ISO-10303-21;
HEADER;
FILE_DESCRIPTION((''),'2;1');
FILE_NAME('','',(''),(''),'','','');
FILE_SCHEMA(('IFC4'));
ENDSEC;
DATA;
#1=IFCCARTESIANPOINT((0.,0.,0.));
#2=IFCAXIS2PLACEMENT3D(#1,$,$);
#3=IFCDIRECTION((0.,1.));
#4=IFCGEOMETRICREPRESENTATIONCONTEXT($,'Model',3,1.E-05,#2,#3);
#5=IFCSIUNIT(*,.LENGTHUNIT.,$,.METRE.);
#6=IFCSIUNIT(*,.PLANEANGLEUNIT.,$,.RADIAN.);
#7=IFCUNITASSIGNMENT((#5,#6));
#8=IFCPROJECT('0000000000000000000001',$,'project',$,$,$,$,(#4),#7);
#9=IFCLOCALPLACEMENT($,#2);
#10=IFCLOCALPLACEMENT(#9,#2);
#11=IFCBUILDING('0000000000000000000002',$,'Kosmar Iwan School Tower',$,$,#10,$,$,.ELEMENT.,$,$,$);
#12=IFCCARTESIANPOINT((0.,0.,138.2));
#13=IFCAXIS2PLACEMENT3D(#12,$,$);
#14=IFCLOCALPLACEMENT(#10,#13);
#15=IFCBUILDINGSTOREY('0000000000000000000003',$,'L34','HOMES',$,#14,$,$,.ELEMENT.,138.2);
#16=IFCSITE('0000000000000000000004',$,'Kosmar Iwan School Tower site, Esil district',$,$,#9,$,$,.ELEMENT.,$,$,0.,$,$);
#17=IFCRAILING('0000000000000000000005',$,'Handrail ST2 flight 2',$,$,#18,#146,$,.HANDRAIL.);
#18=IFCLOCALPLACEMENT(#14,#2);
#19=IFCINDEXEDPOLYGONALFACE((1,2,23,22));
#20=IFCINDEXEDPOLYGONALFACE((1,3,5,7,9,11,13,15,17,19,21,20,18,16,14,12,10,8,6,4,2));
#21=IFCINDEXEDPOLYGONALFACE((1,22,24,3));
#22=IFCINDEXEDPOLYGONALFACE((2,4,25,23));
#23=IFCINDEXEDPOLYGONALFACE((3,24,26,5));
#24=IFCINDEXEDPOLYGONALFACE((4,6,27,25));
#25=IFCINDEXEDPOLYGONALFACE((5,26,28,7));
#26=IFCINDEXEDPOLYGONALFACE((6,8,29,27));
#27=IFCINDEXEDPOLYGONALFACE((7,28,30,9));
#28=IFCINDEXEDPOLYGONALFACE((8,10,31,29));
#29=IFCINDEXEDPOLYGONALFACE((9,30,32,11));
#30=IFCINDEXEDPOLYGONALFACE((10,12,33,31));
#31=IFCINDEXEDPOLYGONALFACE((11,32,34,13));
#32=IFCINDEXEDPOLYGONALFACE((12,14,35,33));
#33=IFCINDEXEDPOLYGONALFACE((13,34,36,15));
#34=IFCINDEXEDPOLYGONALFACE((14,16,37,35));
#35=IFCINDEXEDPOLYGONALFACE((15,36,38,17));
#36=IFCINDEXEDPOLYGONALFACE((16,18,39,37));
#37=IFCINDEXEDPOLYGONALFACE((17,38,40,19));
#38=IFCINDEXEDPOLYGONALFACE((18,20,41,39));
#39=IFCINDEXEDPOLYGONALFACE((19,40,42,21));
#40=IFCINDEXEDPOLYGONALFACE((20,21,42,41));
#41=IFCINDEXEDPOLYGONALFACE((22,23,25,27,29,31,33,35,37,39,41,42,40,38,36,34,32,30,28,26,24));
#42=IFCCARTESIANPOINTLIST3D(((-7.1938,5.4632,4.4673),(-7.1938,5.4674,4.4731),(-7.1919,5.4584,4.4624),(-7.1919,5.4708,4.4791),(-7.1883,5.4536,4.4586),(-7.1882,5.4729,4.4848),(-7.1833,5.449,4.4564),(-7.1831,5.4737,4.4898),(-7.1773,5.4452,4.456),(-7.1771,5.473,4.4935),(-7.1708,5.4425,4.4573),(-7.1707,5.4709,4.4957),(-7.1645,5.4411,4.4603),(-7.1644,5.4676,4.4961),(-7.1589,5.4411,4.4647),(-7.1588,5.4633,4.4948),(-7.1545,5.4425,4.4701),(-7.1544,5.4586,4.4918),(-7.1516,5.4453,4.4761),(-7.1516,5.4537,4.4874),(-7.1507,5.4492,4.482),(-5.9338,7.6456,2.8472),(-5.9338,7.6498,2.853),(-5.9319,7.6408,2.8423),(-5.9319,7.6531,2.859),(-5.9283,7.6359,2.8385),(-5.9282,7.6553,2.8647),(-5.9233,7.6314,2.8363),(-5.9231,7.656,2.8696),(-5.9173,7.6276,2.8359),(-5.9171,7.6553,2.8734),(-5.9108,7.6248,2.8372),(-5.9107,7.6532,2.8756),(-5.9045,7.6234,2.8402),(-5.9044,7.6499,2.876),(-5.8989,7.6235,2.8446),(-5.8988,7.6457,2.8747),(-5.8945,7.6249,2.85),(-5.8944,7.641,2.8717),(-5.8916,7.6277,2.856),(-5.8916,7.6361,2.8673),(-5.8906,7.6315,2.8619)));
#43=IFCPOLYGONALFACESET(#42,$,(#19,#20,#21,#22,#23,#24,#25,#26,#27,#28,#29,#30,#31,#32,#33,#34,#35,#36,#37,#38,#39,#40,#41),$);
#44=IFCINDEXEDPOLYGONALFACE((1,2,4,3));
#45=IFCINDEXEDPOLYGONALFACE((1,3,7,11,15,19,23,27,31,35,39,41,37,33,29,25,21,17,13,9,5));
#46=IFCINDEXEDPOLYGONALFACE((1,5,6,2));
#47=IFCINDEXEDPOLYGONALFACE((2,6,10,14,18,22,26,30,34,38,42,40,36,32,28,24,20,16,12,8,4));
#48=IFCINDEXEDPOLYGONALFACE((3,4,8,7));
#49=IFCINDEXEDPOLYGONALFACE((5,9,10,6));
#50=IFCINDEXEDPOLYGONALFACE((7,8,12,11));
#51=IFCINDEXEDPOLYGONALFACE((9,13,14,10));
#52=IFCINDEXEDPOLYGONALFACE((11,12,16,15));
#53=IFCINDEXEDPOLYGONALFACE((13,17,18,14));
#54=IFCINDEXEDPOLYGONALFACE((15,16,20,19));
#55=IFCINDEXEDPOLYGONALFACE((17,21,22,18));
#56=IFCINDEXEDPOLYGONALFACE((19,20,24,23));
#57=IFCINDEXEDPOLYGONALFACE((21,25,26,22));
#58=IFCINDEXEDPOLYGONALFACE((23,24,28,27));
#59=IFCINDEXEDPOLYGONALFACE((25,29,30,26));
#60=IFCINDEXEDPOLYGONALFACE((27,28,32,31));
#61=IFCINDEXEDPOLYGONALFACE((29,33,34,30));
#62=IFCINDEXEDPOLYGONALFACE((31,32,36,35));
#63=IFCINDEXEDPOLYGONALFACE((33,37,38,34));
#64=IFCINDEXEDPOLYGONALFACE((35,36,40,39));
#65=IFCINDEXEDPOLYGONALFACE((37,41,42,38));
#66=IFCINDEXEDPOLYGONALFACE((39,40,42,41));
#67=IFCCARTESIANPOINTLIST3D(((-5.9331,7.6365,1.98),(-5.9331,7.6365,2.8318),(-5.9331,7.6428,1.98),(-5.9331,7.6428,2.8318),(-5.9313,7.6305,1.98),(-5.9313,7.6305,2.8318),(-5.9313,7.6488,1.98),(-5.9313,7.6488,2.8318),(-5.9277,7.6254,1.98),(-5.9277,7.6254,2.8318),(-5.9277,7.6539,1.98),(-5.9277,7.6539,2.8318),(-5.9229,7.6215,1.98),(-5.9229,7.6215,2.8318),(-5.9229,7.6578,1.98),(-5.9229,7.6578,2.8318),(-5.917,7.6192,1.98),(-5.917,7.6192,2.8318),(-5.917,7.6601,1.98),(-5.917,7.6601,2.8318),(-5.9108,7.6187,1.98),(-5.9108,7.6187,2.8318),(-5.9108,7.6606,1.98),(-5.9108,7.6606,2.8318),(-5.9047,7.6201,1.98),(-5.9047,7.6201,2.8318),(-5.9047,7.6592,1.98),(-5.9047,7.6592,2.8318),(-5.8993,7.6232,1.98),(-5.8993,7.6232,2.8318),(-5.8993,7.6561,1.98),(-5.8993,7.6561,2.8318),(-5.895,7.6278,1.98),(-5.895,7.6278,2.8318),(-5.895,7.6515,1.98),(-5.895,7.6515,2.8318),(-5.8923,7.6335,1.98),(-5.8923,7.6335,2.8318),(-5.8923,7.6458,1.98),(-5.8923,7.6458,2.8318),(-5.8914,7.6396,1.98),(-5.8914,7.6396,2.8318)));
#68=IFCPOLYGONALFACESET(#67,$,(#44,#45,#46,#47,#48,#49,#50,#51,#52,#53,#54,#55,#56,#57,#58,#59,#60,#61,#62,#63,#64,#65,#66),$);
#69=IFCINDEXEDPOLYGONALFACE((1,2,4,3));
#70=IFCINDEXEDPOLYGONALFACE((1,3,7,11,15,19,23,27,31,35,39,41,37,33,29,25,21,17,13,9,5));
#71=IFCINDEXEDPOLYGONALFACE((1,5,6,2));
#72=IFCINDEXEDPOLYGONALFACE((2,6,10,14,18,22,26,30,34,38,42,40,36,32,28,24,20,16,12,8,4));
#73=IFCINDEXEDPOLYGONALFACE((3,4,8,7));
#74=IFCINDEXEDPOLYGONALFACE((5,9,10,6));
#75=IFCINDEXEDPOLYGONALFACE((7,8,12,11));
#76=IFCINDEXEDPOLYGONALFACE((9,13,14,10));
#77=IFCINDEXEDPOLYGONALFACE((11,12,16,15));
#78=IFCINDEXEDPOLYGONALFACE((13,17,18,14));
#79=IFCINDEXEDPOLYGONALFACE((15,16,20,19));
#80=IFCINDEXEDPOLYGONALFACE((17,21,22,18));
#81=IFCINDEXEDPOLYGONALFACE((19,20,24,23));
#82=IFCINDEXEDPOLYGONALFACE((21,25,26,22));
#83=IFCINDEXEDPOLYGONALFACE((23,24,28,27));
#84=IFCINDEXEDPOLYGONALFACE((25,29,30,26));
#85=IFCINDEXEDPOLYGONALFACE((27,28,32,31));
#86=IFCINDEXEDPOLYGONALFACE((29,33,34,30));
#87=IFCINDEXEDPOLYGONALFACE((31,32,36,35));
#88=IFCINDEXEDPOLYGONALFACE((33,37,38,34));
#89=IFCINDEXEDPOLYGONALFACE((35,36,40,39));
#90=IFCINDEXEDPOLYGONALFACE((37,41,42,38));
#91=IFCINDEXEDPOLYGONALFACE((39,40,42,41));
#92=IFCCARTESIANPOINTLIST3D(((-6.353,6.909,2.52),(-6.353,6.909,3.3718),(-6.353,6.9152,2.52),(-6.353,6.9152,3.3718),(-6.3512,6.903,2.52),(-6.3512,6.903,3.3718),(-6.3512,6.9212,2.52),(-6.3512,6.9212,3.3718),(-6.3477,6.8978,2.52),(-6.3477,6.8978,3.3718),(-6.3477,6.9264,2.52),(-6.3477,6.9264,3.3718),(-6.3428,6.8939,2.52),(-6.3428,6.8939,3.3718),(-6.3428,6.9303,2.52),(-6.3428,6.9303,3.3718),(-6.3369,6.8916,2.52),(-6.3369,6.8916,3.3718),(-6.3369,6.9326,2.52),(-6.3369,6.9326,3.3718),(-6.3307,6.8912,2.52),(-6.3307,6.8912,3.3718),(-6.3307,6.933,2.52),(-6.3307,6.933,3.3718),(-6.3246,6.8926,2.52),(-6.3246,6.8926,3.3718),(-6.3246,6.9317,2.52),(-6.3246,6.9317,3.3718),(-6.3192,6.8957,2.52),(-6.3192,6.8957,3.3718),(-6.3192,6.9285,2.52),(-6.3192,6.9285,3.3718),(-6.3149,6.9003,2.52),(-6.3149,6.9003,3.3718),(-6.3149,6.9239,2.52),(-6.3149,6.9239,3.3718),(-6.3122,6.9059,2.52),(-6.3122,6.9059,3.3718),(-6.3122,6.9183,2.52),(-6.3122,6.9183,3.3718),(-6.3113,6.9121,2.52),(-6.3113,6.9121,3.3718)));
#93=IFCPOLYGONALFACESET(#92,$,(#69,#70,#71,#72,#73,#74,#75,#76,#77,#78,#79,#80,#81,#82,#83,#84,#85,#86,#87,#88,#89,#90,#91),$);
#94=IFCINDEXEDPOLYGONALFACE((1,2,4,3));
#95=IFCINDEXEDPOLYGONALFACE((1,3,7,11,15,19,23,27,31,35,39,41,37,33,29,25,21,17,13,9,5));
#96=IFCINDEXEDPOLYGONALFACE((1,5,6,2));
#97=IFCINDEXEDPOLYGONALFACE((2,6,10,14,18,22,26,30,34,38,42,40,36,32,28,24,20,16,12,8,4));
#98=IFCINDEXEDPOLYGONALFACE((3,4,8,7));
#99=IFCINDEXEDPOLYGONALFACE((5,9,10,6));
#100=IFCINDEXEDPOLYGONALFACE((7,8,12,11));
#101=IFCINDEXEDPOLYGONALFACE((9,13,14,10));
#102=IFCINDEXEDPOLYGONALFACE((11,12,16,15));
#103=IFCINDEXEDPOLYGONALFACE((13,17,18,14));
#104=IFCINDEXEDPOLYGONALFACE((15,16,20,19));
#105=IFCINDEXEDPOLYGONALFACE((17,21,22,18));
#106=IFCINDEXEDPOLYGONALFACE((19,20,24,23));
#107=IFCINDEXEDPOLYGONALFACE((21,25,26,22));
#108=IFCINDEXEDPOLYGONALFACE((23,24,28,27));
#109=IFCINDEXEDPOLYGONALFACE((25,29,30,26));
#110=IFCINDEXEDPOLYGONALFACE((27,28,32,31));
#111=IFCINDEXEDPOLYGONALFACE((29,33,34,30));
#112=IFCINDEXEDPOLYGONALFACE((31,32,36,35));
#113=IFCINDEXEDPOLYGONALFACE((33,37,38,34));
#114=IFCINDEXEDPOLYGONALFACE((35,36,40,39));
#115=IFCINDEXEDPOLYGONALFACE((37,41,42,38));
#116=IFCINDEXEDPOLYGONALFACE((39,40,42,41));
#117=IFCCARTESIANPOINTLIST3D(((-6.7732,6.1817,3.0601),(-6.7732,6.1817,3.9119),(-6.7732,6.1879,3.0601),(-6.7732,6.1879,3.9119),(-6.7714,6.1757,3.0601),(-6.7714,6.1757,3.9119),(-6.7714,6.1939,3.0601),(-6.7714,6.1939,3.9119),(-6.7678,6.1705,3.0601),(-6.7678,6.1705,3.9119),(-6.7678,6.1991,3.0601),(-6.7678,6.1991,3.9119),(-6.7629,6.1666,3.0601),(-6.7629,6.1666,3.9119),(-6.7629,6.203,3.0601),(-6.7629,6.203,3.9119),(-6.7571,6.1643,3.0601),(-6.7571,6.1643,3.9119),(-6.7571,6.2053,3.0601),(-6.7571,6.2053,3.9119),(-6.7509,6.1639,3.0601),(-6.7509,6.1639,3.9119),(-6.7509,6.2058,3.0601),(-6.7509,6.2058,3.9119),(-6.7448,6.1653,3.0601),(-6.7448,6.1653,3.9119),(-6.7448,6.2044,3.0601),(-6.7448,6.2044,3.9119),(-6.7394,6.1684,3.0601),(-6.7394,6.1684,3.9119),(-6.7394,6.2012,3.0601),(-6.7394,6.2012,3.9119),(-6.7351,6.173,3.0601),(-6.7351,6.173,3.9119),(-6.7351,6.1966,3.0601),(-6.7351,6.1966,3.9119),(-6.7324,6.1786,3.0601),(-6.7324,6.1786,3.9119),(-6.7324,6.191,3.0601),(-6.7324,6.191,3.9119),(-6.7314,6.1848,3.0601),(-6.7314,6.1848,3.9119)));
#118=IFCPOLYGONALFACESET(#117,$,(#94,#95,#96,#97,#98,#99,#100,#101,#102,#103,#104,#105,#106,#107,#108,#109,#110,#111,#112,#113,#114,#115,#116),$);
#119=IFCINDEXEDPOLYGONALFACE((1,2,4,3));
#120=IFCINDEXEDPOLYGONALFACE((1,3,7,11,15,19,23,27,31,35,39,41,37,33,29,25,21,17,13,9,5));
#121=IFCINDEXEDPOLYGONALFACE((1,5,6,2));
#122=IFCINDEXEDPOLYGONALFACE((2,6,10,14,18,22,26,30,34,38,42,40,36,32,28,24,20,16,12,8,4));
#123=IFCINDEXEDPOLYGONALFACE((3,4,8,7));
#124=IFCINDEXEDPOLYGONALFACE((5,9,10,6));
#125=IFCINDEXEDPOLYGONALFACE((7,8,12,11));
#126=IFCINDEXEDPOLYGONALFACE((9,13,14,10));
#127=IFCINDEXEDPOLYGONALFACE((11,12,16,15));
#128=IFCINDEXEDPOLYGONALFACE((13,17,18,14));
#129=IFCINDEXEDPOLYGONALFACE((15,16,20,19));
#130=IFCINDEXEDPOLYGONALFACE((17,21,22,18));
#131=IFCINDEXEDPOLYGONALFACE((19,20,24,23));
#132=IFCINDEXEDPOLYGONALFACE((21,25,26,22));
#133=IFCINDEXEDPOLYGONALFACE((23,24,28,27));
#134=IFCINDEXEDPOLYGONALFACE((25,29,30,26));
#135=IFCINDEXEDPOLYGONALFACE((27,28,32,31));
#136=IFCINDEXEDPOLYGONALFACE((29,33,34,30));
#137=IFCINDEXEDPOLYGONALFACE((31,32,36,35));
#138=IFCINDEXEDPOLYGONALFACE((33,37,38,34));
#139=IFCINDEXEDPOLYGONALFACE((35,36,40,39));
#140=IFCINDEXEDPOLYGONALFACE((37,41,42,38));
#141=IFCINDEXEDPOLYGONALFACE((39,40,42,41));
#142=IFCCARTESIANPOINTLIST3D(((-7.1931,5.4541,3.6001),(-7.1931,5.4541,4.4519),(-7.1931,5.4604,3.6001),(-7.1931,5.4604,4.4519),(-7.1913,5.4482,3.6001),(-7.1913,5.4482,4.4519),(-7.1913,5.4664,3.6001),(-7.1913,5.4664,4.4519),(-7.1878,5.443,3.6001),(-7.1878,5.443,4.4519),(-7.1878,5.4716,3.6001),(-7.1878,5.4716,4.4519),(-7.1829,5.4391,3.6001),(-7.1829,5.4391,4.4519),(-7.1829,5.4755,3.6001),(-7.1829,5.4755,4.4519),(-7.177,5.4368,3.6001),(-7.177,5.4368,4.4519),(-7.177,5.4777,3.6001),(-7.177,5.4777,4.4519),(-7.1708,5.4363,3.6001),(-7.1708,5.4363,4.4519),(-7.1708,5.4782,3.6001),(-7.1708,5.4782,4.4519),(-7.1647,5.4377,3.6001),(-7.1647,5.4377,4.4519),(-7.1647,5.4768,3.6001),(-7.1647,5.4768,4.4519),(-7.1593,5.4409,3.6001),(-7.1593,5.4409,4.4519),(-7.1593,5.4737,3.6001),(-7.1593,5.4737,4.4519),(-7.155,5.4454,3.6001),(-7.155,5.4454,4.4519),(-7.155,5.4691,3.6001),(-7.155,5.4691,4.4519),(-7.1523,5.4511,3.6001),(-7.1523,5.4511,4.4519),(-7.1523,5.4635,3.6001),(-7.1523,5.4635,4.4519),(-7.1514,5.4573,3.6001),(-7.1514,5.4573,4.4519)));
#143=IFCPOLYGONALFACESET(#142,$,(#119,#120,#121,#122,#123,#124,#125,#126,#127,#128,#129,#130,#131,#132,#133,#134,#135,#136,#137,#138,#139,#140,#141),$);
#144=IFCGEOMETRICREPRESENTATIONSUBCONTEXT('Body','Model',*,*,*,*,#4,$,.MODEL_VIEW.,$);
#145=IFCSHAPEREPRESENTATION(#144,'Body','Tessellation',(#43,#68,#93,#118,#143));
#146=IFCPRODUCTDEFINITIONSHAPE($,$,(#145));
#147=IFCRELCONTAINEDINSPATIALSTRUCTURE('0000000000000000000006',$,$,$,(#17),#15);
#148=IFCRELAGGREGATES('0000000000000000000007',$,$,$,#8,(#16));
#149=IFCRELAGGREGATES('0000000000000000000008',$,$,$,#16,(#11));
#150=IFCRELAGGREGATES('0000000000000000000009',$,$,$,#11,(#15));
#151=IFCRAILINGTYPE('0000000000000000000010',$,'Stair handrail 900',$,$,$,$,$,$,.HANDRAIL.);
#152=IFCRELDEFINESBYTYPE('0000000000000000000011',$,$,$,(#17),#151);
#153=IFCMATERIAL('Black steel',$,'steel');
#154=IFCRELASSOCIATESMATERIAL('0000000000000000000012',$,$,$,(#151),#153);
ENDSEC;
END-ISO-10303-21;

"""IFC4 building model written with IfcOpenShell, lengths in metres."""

from ifc_helpers import new_model, si_unit, direction, frame, origin, origin_2d, place, context, subcontext, project, spatial, circle, extrude, material, type_object, element, save


model = new_model("IFC4")

# Units and contexts
model_context = context("Model", 3, precision=1e-05, world=origin(), true_north=direction((0.0, 1.0)))
body_context = subcontext(model_context, "Body", "Model", "MODEL_VIEW")
ifc_project = project(units=[si_unit("LENGTHUNIT", "METRE"), si_unit("PLANEANGLEUNIT", "RADIAN")], contexts=[model_context])

# Site, building, storey
site_placement = place(None, origin())
site = spatial("IfcSite", under=ifc_project, at=site_placement, Name="Kosmar Iwan School Tower site, Esil district", CompositionType="ELEMENT", RefElevation=0.0)
building_placement = place(site_placement, origin())
building = spatial("IfcBuilding", under=site, at=building_placement, Name="Kosmar Iwan School Tower", CompositionType="ELEMENT")
storey_placement = place(building_placement, frame((0.0, 0.0, 138.2)))
storey = spatial("IfcBuildingStorey", under=building, at=storey_placement, Name="L34", Description="HOMES", CompositionType="ELEMENT", Elevation=138.2)

# Railing
ifc_material_1 = material(Name="Black steel", Category="steel")
railing_type = type_object("IfcRailingType", Name="Stair handrail 900", PredefinedType="HANDRAIL", material=ifc_material_1)
railing_1_placement = place(storey_placement, frame((-5.9124, 7.6396, 1.98)))
element("IfcRailing", 1, at=railing_1_placement, inside=storey, type_object=railing_type, Name="Handrail ST2 flight 2", PredefinedType="HANDRAIL", context=body_context, shape_type="SweptSolid", body=[
    extrude(circle(Radius=0.0239, at=origin_2d()), frame((0.0, 0.0, 0.876), z_axis=(-0.420584, -0.728464, 0.540786), x_axis=(0.866023, -0.500005, 0.0)), (0.0, 0.0, 1.0), 2.9958),
    extrude(circle(Radius=0.021, at=origin_2d()), origin(), (0.0, 0.0, 1.0), 0.8518),
    extrude(circle(Radius=0.021, at=origin_2d()), frame((-0.4199, -0.7275, 0.54)), (0.0, 0.0, 1.0), 0.8518),
    extrude(circle(Radius=0.021, at=origin_2d()), frame((-0.8401, -1.4548, 1.0801)), (0.0, 0.0, 1.0), 0.8518),
    extrude(circle(Radius=0.021, at=origin_2d()), frame((-1.26, -2.1824, 1.6201)), (0.0, 0.0, 1.0), 0.8518),
])

save(model, "model.ifc")
